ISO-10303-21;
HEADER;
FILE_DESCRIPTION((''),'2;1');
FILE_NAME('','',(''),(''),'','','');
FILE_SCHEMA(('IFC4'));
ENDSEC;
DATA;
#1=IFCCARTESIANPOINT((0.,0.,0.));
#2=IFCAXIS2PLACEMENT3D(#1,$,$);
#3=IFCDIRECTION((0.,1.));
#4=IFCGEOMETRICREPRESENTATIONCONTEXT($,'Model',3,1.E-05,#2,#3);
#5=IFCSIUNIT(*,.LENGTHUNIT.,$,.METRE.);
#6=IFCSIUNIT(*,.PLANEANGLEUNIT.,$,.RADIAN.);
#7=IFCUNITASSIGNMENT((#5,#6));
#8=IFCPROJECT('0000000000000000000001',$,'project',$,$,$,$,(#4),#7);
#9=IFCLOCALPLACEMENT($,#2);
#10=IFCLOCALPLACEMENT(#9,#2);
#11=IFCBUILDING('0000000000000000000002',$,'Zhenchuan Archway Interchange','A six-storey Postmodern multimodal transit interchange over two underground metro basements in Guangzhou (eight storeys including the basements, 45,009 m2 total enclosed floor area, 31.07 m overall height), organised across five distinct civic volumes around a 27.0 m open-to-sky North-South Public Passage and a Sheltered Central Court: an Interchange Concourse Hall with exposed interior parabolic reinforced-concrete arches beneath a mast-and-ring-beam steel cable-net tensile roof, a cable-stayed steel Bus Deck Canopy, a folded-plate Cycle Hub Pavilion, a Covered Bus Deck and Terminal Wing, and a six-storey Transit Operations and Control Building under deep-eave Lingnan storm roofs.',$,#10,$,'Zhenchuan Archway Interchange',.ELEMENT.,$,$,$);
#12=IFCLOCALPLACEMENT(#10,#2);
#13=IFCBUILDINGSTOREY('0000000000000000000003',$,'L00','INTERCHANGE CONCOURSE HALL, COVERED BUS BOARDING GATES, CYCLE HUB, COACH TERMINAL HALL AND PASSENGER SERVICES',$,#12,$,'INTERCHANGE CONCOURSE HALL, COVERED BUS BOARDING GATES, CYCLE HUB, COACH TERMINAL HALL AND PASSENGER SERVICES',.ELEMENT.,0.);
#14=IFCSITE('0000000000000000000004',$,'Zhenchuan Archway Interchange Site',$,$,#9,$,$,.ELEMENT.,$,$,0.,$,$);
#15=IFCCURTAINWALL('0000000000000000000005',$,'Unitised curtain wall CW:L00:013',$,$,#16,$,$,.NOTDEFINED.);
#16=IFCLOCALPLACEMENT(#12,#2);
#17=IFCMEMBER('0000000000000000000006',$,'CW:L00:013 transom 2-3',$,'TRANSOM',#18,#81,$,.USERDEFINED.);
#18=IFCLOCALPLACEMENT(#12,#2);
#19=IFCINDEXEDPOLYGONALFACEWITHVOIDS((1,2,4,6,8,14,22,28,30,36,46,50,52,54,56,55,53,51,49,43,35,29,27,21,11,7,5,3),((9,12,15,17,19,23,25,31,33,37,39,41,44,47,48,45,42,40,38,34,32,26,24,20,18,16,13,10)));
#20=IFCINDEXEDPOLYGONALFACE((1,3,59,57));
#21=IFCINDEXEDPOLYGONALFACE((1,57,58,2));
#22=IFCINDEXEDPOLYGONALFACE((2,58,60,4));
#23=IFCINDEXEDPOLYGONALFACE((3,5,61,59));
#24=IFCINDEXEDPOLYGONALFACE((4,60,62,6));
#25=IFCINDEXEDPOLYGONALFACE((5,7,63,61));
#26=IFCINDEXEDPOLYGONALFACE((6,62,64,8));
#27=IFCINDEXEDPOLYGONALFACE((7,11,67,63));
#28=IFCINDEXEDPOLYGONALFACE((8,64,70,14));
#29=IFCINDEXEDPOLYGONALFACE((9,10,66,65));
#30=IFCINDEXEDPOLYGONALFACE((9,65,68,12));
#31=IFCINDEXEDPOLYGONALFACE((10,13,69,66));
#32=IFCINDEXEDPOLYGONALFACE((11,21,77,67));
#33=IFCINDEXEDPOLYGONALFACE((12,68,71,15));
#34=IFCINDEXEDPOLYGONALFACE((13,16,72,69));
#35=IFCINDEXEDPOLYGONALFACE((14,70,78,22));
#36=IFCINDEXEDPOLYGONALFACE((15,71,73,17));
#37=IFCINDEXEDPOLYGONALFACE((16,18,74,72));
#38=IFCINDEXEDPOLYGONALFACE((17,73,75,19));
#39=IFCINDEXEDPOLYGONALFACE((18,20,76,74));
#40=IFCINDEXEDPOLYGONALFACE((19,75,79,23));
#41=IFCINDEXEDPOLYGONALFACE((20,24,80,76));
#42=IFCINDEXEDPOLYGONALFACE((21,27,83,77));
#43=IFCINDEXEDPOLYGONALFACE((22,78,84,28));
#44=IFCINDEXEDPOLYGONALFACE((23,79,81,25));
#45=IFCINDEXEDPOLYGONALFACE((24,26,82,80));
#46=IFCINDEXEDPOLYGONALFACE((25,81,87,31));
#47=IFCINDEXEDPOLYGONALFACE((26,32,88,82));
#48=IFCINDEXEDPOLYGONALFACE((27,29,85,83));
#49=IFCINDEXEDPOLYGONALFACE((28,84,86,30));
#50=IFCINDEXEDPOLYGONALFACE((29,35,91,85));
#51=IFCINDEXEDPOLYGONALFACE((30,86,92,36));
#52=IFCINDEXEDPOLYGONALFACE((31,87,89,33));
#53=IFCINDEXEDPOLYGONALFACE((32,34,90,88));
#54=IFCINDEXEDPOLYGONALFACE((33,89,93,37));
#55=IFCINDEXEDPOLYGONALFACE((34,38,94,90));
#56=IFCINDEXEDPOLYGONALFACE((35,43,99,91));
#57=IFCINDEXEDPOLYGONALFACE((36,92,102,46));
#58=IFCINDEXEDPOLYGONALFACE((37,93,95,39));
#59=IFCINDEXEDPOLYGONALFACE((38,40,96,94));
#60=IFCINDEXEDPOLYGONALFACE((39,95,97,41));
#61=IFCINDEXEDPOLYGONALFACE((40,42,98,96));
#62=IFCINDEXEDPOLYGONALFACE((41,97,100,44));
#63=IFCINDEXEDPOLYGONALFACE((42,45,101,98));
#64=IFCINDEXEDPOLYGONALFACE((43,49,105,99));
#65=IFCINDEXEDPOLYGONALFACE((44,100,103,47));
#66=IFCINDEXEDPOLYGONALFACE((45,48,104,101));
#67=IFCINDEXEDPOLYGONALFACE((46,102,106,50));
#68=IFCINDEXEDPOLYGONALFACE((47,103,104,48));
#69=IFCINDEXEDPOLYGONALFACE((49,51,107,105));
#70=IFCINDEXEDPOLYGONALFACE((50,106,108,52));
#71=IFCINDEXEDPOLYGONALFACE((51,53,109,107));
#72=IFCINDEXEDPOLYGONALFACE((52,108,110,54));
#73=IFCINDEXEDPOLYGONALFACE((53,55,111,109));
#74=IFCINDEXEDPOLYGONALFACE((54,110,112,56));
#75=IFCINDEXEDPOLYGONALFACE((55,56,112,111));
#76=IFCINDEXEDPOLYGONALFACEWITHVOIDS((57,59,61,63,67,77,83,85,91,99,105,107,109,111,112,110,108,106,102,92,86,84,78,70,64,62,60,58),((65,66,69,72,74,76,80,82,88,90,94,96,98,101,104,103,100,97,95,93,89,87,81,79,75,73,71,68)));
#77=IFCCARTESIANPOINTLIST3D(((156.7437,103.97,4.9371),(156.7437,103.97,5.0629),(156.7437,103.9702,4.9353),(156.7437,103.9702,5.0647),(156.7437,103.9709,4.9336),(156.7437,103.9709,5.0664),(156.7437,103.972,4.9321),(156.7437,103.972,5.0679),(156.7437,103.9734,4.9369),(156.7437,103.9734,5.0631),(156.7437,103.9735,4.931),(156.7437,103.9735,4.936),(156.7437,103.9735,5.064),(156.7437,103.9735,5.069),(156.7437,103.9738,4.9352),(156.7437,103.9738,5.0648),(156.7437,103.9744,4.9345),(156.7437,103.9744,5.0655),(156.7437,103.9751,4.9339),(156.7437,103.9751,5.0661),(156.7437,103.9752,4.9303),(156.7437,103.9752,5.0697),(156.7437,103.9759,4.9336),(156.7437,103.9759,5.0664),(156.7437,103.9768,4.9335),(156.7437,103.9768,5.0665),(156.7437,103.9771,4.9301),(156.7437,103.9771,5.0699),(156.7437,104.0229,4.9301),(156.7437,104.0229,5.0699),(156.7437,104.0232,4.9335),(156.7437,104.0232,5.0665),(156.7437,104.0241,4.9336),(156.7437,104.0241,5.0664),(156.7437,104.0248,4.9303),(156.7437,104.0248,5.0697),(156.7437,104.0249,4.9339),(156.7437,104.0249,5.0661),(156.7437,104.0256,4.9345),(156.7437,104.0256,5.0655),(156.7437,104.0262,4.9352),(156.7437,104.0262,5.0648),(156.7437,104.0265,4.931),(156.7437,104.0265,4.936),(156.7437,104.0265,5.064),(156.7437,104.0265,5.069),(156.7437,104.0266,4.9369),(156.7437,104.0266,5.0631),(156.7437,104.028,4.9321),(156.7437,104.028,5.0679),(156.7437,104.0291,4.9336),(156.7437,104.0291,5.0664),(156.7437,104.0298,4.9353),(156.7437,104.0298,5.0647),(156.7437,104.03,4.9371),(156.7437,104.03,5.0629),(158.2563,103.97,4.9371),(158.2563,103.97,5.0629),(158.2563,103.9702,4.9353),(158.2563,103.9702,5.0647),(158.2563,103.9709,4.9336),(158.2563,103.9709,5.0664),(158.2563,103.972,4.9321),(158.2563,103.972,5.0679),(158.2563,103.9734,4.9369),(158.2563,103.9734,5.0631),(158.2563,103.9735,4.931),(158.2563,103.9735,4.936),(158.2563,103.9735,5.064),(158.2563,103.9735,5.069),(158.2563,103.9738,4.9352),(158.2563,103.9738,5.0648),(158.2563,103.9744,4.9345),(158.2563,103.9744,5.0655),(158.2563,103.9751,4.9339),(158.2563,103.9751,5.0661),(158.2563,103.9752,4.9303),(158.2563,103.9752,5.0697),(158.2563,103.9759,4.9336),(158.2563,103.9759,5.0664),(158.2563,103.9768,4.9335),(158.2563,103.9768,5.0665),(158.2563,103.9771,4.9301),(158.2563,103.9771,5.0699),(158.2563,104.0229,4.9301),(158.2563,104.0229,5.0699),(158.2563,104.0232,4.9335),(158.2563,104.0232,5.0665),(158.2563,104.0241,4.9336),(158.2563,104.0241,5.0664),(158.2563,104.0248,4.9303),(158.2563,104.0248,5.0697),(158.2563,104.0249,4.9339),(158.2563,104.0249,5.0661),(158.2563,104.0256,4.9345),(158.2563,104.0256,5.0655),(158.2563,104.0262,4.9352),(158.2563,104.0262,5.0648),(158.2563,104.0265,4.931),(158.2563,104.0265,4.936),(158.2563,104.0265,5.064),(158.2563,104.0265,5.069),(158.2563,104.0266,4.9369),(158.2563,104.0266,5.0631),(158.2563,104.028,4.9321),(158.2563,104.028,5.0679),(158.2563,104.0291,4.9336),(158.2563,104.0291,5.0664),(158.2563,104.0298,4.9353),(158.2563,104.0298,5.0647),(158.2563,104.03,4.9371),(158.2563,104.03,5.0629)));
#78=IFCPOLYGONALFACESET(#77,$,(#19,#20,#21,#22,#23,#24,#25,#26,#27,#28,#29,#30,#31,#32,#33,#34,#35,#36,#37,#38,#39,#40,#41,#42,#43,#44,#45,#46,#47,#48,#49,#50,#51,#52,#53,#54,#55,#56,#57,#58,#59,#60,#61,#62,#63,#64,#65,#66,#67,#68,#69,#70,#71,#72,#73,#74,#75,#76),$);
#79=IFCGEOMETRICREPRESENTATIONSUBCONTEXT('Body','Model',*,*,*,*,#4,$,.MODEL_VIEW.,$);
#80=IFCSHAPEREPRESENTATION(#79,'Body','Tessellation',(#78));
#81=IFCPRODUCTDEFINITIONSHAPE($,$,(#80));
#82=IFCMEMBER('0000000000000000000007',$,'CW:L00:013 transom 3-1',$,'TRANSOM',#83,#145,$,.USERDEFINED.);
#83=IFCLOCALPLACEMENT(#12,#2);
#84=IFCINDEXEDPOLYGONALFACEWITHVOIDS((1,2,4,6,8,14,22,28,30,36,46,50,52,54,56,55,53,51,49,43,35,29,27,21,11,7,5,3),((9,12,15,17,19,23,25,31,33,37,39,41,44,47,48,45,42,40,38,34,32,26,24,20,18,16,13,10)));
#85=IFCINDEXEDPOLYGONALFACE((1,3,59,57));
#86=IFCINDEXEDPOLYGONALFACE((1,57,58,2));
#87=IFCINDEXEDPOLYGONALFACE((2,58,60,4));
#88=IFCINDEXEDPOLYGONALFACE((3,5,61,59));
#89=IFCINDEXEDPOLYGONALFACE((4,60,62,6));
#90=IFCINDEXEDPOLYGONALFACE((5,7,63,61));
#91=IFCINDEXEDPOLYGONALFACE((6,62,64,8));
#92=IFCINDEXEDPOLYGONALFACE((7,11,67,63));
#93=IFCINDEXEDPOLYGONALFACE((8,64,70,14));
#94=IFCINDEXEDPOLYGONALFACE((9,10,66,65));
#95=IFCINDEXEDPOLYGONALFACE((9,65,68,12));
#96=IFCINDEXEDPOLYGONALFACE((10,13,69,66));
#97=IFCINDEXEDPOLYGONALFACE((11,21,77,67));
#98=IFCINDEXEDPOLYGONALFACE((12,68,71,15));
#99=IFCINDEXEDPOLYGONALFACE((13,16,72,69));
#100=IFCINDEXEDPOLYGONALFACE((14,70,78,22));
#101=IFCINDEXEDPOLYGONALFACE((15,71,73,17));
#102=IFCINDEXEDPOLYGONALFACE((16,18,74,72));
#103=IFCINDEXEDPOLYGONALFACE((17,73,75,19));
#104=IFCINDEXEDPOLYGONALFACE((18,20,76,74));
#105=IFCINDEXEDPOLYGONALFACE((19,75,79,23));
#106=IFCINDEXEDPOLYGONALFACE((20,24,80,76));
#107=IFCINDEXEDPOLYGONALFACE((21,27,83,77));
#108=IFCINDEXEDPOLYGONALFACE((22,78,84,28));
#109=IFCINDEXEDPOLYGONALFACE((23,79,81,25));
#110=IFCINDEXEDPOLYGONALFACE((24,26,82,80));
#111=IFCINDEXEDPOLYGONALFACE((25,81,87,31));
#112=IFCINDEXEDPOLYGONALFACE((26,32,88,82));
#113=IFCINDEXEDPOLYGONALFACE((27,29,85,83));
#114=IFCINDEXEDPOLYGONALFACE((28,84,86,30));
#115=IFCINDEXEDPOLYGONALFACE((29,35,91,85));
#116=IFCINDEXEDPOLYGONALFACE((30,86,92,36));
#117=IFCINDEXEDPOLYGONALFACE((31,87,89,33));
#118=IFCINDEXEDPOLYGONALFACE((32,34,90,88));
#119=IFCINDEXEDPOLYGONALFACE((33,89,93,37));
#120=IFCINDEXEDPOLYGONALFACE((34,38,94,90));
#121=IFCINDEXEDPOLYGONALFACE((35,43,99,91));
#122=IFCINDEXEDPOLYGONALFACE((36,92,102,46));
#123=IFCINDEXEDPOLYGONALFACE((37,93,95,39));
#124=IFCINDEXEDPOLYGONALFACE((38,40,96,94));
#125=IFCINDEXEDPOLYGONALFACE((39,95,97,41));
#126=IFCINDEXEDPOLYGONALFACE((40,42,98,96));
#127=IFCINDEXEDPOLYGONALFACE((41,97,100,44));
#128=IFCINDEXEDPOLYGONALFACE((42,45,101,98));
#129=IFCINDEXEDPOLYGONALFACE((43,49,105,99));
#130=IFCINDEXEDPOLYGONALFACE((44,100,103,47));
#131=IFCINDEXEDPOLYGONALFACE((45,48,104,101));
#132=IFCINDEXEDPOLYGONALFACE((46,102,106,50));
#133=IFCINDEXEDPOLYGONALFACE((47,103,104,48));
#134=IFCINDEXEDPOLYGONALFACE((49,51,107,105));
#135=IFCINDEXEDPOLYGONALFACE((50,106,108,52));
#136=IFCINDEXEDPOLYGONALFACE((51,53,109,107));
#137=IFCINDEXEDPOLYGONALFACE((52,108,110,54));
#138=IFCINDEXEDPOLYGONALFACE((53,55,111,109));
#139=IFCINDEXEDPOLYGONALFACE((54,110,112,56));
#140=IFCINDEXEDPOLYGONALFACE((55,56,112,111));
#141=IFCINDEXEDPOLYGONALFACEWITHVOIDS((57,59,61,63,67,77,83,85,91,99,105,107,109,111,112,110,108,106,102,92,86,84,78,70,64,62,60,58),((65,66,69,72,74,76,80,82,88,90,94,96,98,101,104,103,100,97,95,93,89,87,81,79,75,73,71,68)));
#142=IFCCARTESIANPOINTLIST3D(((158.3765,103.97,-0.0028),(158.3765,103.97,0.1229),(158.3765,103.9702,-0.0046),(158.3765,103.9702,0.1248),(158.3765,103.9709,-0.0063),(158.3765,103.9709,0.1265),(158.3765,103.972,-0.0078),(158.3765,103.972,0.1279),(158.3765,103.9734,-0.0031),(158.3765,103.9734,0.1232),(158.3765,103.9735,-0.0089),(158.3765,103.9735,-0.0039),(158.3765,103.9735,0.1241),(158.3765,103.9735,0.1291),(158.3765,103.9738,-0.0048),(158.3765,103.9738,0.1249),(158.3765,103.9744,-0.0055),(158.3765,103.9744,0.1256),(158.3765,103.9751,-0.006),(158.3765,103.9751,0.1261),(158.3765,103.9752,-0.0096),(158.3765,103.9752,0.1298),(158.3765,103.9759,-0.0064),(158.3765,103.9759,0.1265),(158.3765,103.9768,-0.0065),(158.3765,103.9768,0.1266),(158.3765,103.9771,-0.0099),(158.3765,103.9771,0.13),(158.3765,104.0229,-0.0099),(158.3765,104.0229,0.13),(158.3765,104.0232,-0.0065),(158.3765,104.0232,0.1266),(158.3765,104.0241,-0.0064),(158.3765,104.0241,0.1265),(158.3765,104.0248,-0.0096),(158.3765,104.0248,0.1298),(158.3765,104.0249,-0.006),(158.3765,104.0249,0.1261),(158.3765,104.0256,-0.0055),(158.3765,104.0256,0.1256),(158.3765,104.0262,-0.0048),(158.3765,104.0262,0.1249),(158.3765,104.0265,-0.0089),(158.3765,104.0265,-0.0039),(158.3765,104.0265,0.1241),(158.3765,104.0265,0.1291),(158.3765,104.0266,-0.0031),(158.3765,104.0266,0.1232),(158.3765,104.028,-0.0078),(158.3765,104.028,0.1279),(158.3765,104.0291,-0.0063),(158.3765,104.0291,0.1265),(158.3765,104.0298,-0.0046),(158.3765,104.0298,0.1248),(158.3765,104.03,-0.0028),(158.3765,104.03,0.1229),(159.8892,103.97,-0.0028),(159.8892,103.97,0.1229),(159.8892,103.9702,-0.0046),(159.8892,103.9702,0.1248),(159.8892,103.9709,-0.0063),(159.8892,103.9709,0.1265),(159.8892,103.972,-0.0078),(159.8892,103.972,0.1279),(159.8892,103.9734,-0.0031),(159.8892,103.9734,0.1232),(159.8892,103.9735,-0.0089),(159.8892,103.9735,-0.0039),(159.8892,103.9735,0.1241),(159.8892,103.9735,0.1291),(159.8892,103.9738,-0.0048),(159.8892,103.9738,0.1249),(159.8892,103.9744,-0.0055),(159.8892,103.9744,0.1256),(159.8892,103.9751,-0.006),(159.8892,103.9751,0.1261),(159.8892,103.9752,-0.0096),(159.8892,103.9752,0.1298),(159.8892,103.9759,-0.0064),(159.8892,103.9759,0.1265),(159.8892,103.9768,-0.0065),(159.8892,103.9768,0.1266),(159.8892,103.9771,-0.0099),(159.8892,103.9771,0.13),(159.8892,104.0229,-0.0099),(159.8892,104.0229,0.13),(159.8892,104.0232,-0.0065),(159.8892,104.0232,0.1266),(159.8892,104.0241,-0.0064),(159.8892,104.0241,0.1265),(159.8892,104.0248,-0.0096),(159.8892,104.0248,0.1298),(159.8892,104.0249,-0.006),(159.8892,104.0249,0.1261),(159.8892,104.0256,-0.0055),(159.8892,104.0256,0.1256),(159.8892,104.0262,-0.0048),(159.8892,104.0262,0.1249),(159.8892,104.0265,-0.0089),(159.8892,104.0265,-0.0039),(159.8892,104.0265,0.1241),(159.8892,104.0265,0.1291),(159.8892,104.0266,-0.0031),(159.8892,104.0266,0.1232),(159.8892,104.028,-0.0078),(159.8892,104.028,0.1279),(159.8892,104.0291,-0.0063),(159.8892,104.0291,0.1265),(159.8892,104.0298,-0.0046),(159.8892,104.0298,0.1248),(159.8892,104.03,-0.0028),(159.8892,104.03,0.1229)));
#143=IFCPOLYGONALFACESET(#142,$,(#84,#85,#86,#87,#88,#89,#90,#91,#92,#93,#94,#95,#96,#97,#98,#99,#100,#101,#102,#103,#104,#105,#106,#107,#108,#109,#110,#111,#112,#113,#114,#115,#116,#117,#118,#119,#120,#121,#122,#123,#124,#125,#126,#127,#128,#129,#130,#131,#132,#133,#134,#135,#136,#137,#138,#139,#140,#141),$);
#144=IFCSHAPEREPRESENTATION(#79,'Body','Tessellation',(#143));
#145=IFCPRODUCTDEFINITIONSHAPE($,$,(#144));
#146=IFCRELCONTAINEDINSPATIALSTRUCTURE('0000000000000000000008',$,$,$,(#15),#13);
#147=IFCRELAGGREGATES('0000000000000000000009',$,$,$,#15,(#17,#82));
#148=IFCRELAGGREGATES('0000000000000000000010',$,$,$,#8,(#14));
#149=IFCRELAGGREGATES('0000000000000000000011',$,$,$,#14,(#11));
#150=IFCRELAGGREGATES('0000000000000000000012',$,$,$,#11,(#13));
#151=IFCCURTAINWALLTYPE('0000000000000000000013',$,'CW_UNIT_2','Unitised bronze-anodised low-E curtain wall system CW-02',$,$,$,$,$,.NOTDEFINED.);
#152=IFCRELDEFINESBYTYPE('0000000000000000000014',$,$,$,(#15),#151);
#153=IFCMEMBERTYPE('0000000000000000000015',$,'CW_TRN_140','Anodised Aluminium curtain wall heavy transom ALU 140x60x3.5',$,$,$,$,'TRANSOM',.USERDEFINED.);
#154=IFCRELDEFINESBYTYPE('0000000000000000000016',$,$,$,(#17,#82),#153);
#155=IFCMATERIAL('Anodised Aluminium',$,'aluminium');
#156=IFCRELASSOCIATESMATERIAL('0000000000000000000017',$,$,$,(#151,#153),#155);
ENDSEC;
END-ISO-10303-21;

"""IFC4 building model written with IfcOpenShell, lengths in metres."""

from ifc_helpers import new_model, si_unit, direction, frame, origin, origin_2d, place, context, subcontext, project, spatial, hollow_rectangle, extrude, material, material_profile, profile_set, type_object, element, aggregate, save


model = new_model("IFC4")

# Units and contexts
model_context = context("Model", 3, precision=1e-05, world=origin(), true_north=direction((0.0, 1.0)))
body_context = subcontext(model_context, "Body", "Model", "MODEL_VIEW")
ifc_project = project(units=[si_unit("LENGTHUNIT", "METRE"), si_unit("PLANEANGLEUNIT", "RADIAN")], contexts=[model_context])

# Site, building, storey
site_placement = place(None, origin())
site = spatial("IfcSite", under=ifc_project, at=site_placement, Name="Zhenchuan Archway Interchange Site", CompositionType="ELEMENT", RefElevation=0.0)
building_placement = place(site_placement, origin())
building = spatial("IfcBuilding", under=site, at=building_placement, Name="Zhenchuan Archway Interchange", Description="A six-storey Postmodern multimodal transit interchange over two underground metro basements in Guangzhou (eight storeys including the basements, 45,009 m2 total enclosed floor area, 31.07 m overall height), organised across five distinct civic volumes around a 27.0 m open-to-sky North-South Public Passage and a Sheltered Central Court: an Interchange Concourse Hall with exposed interior parabolic reinforced-concrete arches beneath a mast-and-ring-beam steel cable-net tensile roof, a cable-stayed steel Bus Deck Canopy, a folded-plate Cycle Hub Pavilion, a Covered Bus Deck and Terminal Wing, and a six-storey Transit Operations and Control Building under deep-eave Lingnan storm roofs.", LongName="Zhenchuan Archway Interchange", CompositionType="ELEMENT")
storey_placement = place(building_placement, origin())
storey = spatial("IfcBuildingStorey", under=building, at=storey_placement, Name="L00", Description="INTERCHANGE CONCOURSE HALL, COVERED BUS BOARDING GATES, CYCLE HUB, COACH TERMINAL HALL AND PASSENGER SERVICES", LongName="INTERCHANGE CONCOURSE HALL, COVERED BUS BOARDING GATES, CYCLE HUB, COACH TERMINAL HALL AND PASSENGER SERVICES", CompositionType="ELEMENT", Elevation=0.0)

# Curtain wall, members
ifc_material_1 = material(Name="Anodised Aluminium", Category="aluminium")
curtain_wall_type = type_object("IfcCurtainWallType", Name="CW_UNIT_2", Description="Unitised bronze-anodised low-E curtain wall system CW-02", PredefinedType="NOTDEFINED", material=ifc_material_1)
curtain_wall_placement = place(storey_placement, origin())
curtain_wall = element("IfcCurtainWall", 1, at=curtain_wall_placement, inside=storey, type_object=curtain_wall_type, Name="Unitised curtain wall CW:L00:013", PredefinedType="NOTDEFINED")
ifc_material_profile_1 = material_profile(ifc_material_1, hollow_rectangle(XDim=0.0601, YDim=0.1399, WallThickness=0.0034, InnerFilletRadius=0.0034, OuterFilletRadius=0.0071, at=origin_2d()), Name="ALU 140x60x3.5")
ifc_profile_set_1 = profile_set([ifc_material_profile_1], Name="Anodised Aluminium")
member_type_1 = type_object("IfcMemberType", Name="CW_TRN_140", Description="Anodised Aluminium curtain wall heavy transom ALU 140x60x3.5", ElementType="TRANSOM", PredefinedType="USERDEFINED", material=ifc_profile_set_1)
member_1_placement = place(storey_placement, frame((156.7437, 104.0, 5.0), z_axis=(1.0, 0.0, 0.0), x_axis=(0.0, 1.0, 0.0)))
member_1 = element("IfcMember", 2, at=member_1_placement, type_object=member_type_1, Name="CW:L00:013 transom 2-3", ObjectType="TRANSOM", PredefinedType="USERDEFINED", context=body_context, shape_type="SweptSolid", body=[
    extrude(hollow_rectangle(XDim=0.0601, YDim=0.1399, WallThickness=0.0034, InnerFilletRadius=0.0034, OuterFilletRadius=0.0071, at=origin_2d()), origin(), (0.0, 0.0, 1.0), 1.5127),
])
member_2_placement = place(storey_placement, frame((158.3765, 104.0, 0.0601), z_axis=(1.0, 0.0, 0.0), x_axis=(0.0, 1.0, 0.0)))
member_2 = element("IfcMember", 3, at=member_2_placement, type_object=member_type_1, Name="CW:L00:013 transom 3-1", ObjectType="TRANSOM", PredefinedType="USERDEFINED", context=body_context, shape_type="SweptSolid", body=[
    extrude(hollow_rectangle(XDim=0.0601, YDim=0.1399, WallThickness=0.0034, InnerFilletRadius=0.0034, OuterFilletRadius=0.0071, at=origin_2d()), origin(), (0.0, 0.0, 1.0), 1.5127),
])
aggregate(curtain_wall, [member_1, member_2])

save(model, "model.ifc")
